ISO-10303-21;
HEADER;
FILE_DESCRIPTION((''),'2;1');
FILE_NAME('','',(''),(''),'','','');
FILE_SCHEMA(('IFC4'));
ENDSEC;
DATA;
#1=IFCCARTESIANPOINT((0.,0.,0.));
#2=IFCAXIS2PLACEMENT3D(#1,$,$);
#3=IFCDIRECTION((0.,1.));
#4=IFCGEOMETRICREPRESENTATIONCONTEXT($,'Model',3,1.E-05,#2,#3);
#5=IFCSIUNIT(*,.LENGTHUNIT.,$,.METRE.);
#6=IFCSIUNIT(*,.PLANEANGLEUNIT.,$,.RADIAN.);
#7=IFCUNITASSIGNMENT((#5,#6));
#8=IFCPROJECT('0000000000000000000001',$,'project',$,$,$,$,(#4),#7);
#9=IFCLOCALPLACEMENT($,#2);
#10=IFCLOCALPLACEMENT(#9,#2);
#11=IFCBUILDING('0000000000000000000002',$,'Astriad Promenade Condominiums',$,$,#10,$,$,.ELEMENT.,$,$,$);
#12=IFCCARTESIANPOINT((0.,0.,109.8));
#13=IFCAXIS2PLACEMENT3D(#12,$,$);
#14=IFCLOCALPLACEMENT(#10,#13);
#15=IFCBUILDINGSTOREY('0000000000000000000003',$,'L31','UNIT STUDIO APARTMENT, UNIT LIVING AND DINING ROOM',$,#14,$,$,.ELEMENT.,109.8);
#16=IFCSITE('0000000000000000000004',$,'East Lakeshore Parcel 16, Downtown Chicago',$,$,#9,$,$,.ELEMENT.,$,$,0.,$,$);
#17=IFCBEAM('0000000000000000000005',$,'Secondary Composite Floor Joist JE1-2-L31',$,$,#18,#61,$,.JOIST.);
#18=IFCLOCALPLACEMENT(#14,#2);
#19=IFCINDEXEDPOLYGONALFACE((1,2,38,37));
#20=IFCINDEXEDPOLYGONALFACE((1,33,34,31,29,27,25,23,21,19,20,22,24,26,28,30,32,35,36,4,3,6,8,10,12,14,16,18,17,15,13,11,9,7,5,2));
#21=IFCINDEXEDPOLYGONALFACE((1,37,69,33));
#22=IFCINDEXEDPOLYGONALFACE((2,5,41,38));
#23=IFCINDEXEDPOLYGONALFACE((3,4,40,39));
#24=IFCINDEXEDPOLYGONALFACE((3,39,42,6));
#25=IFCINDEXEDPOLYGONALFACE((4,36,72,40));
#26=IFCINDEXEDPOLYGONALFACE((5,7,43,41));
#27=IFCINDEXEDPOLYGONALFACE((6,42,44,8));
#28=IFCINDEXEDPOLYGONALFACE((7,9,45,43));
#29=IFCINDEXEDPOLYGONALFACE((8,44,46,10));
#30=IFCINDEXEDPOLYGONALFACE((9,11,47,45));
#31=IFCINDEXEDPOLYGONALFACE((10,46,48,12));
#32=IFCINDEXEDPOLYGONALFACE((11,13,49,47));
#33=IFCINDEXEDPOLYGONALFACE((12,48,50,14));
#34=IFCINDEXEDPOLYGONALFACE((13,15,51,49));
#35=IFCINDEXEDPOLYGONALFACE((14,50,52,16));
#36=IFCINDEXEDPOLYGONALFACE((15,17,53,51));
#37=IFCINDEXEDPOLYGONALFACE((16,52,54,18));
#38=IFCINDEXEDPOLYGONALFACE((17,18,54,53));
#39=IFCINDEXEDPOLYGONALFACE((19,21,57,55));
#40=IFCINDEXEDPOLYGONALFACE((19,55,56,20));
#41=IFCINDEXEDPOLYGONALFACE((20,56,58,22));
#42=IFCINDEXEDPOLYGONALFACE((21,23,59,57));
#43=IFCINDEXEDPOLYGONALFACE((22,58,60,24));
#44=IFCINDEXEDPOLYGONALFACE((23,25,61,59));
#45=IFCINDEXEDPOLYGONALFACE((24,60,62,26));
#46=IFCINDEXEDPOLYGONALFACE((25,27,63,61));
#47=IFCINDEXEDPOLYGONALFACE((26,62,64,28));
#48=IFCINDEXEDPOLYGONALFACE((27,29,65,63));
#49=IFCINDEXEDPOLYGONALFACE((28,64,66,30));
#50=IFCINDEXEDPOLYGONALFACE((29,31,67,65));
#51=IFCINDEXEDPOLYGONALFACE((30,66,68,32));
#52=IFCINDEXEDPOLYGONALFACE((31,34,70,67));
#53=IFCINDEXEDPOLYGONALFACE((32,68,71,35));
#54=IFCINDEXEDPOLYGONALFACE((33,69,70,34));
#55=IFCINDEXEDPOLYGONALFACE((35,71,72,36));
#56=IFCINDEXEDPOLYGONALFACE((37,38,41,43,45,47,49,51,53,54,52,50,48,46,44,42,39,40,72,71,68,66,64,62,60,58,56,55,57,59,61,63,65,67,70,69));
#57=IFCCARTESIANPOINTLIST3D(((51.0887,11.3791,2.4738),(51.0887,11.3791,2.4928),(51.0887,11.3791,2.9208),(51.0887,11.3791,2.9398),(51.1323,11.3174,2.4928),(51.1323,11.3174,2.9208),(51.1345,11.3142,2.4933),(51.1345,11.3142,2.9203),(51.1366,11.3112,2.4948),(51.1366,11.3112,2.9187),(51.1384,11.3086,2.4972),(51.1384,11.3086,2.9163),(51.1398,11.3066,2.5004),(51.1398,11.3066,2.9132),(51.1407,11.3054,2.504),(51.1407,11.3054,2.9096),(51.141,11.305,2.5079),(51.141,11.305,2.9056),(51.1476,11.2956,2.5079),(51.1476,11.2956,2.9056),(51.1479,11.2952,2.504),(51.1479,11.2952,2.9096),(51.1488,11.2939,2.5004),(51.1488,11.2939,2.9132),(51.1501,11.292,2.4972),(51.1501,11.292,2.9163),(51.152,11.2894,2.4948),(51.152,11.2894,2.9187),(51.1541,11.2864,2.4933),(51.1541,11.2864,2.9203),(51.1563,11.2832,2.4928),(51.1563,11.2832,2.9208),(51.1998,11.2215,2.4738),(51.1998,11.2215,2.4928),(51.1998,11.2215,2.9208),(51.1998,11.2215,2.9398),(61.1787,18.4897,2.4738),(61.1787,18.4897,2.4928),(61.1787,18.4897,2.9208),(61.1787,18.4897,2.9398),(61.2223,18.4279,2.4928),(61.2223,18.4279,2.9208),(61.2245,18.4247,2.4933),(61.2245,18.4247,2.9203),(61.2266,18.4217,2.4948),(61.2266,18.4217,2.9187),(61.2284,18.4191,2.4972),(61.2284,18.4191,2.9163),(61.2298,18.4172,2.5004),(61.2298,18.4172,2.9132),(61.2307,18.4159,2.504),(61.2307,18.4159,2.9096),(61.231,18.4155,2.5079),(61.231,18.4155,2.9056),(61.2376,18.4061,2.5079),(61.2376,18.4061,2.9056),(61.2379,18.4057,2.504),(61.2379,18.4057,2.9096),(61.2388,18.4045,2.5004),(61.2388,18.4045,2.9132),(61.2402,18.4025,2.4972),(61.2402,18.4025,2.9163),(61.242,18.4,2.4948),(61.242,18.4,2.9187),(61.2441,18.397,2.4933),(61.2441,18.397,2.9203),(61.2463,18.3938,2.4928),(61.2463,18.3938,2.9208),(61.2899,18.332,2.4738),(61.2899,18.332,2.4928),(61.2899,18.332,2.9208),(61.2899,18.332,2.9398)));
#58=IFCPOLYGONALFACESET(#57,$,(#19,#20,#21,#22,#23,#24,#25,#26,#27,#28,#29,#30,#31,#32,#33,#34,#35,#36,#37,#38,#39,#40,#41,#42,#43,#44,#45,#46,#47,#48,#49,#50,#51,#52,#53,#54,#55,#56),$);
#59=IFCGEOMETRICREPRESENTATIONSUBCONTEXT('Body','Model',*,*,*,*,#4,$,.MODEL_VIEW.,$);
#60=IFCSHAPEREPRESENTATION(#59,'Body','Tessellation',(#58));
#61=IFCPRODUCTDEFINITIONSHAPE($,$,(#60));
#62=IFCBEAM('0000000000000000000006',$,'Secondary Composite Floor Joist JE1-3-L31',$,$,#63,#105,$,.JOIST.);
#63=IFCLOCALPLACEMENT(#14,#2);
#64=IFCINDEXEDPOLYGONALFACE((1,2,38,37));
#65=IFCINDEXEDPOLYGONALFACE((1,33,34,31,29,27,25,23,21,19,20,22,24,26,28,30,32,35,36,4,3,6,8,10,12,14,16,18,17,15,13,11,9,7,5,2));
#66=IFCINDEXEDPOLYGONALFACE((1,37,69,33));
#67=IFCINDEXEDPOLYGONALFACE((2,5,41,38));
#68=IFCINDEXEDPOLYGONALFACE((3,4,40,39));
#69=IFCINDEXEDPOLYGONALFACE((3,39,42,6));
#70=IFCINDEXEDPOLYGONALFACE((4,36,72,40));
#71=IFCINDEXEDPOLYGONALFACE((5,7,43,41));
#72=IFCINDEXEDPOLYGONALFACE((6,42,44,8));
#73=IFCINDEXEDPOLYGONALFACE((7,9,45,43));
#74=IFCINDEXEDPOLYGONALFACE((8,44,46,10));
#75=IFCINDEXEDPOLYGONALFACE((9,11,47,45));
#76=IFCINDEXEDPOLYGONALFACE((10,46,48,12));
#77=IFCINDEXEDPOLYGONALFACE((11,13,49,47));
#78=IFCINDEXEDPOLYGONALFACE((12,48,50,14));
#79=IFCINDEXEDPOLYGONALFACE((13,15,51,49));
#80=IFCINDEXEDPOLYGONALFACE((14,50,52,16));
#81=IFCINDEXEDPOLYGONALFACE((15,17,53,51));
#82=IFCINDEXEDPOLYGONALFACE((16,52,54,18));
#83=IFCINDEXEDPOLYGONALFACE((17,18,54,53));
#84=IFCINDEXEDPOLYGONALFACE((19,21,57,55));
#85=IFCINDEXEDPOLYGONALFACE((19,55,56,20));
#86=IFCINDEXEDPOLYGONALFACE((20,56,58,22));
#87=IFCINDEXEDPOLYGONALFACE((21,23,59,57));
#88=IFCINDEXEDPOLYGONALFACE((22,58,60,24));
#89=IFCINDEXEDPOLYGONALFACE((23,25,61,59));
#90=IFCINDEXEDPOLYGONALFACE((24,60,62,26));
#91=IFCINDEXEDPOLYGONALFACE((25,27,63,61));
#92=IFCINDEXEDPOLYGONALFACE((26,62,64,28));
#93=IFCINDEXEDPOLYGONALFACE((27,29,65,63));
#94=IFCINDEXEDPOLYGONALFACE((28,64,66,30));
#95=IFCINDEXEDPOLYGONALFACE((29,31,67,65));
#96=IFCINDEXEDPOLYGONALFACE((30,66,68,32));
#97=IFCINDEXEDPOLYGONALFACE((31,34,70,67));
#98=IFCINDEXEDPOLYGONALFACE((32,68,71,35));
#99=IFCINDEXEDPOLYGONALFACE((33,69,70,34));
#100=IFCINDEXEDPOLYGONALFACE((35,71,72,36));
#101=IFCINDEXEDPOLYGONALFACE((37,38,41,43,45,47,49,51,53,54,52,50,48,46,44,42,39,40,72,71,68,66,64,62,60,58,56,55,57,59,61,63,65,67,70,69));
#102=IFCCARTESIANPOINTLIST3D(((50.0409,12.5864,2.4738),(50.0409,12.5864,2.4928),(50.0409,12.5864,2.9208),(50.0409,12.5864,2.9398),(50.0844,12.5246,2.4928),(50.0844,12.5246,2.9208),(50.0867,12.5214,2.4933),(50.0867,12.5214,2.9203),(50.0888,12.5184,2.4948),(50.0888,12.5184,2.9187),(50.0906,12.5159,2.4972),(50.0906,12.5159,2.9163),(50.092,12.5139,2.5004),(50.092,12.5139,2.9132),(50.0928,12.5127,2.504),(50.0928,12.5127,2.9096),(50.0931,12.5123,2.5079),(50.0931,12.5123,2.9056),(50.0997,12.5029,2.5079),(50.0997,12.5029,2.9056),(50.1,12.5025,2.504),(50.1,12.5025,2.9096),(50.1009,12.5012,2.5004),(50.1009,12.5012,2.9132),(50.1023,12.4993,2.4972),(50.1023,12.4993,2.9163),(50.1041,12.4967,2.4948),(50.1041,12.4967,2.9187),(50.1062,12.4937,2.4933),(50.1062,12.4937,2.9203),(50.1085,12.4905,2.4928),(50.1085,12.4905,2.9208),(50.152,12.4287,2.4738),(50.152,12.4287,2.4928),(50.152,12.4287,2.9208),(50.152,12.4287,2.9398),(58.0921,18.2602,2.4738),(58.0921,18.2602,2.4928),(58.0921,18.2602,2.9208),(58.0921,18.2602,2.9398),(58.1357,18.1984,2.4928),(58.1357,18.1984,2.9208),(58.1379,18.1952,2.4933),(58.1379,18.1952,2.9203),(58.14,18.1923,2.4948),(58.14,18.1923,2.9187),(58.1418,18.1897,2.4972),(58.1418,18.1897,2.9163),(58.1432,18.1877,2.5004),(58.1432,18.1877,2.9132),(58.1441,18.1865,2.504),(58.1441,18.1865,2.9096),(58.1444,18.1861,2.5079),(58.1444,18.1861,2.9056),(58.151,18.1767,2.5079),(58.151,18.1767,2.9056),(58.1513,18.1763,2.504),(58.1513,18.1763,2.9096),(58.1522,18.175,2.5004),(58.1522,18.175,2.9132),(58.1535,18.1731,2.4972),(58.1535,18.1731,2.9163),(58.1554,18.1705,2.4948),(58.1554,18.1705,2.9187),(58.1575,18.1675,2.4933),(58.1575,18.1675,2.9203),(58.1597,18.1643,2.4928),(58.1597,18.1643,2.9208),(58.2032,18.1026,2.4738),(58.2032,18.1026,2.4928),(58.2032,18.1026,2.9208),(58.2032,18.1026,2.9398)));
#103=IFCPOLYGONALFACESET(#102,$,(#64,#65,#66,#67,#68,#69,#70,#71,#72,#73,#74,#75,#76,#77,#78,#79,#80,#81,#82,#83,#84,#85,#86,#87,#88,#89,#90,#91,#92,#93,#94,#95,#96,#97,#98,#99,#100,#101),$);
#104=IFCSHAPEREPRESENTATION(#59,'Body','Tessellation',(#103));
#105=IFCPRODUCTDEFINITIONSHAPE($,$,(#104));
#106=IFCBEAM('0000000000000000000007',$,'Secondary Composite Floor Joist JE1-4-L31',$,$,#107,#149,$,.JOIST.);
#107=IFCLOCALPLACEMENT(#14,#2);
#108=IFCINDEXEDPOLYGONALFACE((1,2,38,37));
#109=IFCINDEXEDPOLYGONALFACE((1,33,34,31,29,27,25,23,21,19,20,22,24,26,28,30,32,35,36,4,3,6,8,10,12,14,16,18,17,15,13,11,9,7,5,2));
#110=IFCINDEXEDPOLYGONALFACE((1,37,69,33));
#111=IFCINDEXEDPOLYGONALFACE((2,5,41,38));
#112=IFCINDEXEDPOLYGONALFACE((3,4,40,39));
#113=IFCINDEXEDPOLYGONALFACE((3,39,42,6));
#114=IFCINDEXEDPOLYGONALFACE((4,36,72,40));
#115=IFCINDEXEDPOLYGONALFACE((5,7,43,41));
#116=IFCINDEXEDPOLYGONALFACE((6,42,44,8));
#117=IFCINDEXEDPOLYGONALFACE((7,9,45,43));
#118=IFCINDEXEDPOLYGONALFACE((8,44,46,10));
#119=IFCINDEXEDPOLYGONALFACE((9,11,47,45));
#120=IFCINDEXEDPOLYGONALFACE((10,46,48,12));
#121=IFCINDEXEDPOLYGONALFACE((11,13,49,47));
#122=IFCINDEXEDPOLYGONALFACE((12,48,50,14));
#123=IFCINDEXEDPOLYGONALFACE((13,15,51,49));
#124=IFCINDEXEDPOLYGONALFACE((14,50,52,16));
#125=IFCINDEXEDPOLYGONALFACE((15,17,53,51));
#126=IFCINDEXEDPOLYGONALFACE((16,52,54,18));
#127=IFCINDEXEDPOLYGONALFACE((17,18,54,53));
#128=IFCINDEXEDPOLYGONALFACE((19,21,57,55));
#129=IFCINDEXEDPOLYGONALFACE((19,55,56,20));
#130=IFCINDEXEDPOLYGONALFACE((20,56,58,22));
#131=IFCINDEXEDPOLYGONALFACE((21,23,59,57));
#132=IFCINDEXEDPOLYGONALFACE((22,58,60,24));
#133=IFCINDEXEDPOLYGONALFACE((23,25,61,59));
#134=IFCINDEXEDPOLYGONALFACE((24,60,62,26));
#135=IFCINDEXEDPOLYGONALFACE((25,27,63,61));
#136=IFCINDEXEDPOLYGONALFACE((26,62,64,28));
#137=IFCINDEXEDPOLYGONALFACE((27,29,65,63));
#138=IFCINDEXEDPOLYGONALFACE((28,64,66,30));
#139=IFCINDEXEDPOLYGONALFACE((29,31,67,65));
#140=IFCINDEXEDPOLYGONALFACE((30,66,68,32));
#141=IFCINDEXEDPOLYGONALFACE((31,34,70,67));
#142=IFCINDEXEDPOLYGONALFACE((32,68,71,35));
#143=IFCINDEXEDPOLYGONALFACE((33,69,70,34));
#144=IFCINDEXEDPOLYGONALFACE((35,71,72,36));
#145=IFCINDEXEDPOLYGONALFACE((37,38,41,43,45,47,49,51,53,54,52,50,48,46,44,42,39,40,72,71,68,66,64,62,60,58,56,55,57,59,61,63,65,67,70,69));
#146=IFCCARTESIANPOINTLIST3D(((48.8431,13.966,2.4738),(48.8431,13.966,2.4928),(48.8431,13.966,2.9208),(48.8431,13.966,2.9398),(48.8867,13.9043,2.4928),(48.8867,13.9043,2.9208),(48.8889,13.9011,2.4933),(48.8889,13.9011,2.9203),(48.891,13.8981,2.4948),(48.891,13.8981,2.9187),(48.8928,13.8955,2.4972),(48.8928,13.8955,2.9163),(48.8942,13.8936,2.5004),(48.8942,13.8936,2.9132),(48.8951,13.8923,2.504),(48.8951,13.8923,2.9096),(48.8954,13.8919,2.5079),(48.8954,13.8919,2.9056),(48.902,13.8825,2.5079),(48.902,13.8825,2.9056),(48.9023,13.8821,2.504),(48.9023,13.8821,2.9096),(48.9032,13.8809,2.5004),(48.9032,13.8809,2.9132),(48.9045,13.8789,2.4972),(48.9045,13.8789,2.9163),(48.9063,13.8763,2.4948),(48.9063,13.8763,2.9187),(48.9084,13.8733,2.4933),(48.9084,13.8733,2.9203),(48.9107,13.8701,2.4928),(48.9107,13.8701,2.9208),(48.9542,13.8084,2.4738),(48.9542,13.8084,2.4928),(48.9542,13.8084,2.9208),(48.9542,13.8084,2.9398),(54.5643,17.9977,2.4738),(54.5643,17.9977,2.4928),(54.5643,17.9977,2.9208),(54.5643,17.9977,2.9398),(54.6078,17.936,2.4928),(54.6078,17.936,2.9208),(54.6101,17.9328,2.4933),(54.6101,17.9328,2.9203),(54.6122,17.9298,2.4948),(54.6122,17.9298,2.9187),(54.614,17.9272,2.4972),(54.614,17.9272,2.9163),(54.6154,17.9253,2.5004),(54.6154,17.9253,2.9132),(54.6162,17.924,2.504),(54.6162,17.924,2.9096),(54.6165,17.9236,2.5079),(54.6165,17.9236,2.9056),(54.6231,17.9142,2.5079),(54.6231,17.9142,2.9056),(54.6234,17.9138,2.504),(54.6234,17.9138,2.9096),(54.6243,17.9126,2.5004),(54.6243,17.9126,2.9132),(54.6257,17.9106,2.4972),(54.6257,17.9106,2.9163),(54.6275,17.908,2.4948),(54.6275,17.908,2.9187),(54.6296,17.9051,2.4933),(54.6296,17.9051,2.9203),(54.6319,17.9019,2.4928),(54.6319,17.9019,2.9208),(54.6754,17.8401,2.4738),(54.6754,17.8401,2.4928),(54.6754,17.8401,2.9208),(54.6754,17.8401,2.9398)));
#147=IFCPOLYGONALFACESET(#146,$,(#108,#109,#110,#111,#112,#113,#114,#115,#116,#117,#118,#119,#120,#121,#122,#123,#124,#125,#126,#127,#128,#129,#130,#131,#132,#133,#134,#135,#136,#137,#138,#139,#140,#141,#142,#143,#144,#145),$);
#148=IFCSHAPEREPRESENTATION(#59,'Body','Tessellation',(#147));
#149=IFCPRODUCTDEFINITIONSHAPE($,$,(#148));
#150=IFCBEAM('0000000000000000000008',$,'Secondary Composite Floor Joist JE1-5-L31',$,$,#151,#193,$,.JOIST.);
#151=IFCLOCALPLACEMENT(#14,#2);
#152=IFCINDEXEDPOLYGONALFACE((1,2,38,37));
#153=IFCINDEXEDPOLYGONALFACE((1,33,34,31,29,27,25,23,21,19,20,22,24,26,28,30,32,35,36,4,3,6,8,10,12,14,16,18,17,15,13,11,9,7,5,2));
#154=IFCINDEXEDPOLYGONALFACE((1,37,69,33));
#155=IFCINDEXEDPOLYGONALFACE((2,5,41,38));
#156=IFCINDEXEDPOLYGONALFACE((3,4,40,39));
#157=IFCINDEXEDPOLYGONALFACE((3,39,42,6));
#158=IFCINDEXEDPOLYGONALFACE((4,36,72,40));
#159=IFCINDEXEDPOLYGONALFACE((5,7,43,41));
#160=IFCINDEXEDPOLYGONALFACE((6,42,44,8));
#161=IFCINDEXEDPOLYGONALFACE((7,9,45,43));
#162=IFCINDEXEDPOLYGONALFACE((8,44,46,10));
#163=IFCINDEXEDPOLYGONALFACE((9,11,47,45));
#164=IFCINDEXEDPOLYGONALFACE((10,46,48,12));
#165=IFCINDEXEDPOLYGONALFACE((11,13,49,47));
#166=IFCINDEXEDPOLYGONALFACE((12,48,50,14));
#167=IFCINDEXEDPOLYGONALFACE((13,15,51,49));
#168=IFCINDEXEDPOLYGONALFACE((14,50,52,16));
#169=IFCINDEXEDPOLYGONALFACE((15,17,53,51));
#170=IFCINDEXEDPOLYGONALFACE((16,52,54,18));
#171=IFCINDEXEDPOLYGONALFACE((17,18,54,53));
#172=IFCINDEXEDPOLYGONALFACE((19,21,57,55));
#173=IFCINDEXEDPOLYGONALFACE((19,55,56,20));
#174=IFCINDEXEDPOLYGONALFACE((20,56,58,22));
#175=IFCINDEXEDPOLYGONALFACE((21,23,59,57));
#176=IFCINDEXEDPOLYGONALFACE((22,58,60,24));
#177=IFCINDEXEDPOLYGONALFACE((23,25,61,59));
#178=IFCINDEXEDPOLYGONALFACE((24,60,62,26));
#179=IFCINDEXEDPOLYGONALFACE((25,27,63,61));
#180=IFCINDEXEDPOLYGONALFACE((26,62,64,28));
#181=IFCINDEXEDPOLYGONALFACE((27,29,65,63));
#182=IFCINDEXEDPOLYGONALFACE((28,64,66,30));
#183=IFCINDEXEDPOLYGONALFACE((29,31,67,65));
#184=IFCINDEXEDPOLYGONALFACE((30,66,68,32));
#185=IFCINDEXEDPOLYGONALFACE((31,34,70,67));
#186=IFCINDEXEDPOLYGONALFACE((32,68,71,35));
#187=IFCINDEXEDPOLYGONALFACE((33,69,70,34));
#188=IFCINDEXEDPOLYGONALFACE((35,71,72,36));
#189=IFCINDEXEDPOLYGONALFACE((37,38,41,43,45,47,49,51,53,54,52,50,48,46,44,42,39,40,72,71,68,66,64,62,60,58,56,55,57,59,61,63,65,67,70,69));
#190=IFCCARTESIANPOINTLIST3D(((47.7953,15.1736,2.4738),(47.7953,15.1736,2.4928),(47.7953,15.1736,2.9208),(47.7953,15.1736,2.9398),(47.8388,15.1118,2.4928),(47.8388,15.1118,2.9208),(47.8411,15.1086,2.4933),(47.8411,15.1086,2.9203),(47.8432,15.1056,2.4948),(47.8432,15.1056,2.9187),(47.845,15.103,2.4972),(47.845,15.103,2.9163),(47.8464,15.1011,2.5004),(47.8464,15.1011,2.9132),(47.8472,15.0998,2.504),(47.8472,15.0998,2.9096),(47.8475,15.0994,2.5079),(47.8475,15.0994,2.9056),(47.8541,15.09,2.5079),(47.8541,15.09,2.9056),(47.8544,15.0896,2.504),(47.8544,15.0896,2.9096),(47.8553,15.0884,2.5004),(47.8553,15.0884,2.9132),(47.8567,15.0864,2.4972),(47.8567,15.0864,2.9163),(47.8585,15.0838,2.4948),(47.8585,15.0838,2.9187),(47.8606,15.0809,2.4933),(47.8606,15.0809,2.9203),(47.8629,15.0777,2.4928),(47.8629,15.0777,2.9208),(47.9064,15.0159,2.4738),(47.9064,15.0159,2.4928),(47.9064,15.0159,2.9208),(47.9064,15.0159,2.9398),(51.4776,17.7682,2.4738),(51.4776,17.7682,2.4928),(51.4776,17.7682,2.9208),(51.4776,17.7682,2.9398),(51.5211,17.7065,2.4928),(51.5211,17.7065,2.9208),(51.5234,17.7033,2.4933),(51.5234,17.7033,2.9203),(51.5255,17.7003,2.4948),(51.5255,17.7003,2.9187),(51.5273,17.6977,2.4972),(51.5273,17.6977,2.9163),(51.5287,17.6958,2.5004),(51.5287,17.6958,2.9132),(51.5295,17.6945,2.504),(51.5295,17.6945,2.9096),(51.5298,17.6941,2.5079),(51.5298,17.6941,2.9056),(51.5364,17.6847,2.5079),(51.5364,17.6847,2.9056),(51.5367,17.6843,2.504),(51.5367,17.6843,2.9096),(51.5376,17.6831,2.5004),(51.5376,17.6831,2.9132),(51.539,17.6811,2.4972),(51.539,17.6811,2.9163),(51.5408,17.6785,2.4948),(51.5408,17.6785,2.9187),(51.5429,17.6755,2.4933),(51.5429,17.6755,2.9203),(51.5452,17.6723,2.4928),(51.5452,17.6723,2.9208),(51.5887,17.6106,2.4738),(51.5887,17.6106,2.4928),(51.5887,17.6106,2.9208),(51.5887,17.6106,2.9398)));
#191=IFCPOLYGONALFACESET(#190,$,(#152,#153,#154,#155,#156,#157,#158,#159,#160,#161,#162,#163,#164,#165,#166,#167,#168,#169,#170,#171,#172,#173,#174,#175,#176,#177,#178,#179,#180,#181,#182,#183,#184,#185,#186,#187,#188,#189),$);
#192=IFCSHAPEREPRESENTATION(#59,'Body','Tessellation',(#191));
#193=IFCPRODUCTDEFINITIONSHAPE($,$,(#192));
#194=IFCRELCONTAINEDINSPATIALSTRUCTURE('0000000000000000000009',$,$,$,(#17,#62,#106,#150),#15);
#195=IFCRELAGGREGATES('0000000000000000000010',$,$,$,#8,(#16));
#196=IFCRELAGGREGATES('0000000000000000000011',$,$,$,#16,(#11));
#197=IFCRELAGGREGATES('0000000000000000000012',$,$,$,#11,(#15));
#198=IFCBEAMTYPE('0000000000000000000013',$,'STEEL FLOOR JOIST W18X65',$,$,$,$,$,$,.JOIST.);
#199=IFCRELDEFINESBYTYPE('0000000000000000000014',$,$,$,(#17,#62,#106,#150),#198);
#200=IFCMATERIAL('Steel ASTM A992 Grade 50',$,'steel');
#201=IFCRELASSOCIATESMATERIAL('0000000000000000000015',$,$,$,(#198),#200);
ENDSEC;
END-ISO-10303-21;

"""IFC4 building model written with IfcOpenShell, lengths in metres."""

from ifc_helpers import new_model, si_unit, direction, frame, origin, origin_2d, place, context, subcontext, project, spatial, i_section, extrude, source, transform, mapped, material, material_profile, profile_set, type_object, element, save


model = new_model("IFC4")

# Units and contexts
model_context = context("Model", 3, precision=1e-05, world=origin(), true_north=direction((0.0, 1.0)))
body_context = subcontext(model_context, "Body", "Model", "MODEL_VIEW")
ifc_project = project(units=[si_unit("LENGTHUNIT", "METRE"), si_unit("PLANEANGLEUNIT", "RADIAN")], contexts=[model_context])

# Site, building, storey
site_placement = place(None, origin())
site = spatial("IfcSite", under=ifc_project, at=site_placement, Name="East Lakeshore Parcel 16, Downtown Chicago", CompositionType="ELEMENT", RefElevation=0.0)
building_placement = place(site_placement, origin())
building = spatial("IfcBuilding", under=site, at=building_placement, Name="Astriad Promenade Condominiums", CompositionType="ELEMENT")
storey_placement = place(building_placement, frame((0.0, 0.0, 109.8)))
storey = spatial("IfcBuildingStorey", under=building, at=storey_placement, Name="L31", Description="UNIT STUDIO APARTMENT, UNIT LIVING AND DINING ROOM", CompositionType="ELEMENT", Elevation=109.8)

# Beams
ifc_material_1 = material(Name="Steel ASTM A992 Grade 50", Category="steel")
ifc_material_profile_1 = material_profile(ifc_material_1, i_section(OverallWidth=0.1929, OverallDepth=0.4661, WebThickness=0.0115, FlangeThickness=0.019, FilletRadius=0.0151, at=origin_2d()), Name="W18X65")
ifc_profile_set_1 = profile_set([ifc_material_profile_1], Name="Steel ASTM A992 Grade 50")
beam_type_1 = type_object("IfcBeamType", Name="STEEL FLOOR JOIST W18X65", PredefinedType="JOIST", material=ifc_profile_set_1)
shared_shape_1 = source(origin(), body_context, "Body", "SweptSolid", [
    extrude(i_section(OverallWidth=0.1929, OverallDepth=0.4661, WebThickness=0.0115, FlangeThickness=0.019, FilletRadius=0.0151, at=origin_2d()), origin(), (0.0, 0.0, 1.0), 12.3438),
])
beam_1_placement = place(storey_placement, frame((51.1443, 11.3003, 2.7068), z_axis=(0.817419, 0.576044, 0.0), x_axis=(-0.576044, 0.817419, 0.0)))
element("IfcBeam", 1, at=beam_1_placement, inside=storey, type_object=beam_type_1, Name="Secondary Composite Floor Joist JE1-2-L31", PredefinedType="JOIST", context=body_context, shape_type="MappedRepresentation", body=[
    mapped(shared_shape_1, transform((0.0, 0.0, 0.0), scale=1.0)),
])
shared_shape_2 = source(origin(), body_context, "Body", "SweptSolid", [
    extrude(i_section(OverallWidth=0.1929, OverallDepth=0.4661, WebThickness=0.0115, FlangeThickness=0.019, FilletRadius=0.0151, at=origin_2d()), origin(), (0.0, 0.0, 1.0), 9.8496),
])
beam_2_placement = place(storey_placement, frame((50.0964, 12.5076, 2.7068), z_axis=(0.817418, 0.576045, 0.0), x_axis=(-0.576045, 0.817418, 0.0)))
element("IfcBeam", 2, at=beam_2_placement, inside=storey, type_object=beam_type_1, Name="Secondary Composite Floor Joist JE1-3-L31", PredefinedType="JOIST", context=body_context, shape_type="MappedRepresentation", body=[
    mapped(shared_shape_2, transform((0.0, 0.0, 0.0), scale=1.0)),
])
shared_shape_3 = source(origin(), body_context, "Body", "SweptSolid", [
    extrude(i_section(OverallWidth=0.1929, OverallDepth=0.4661, WebThickness=0.0115, FlangeThickness=0.019, FilletRadius=0.0151, at=origin_2d()), origin(), (0.0, 0.0, 1.0), 6.999),
])
beam_3_placement = place(storey_placement, frame((48.8987, 13.8872, 2.7068), z_axis=(0.817422, 0.576039, 0.0), x_axis=(-0.576039, 0.817422, 0.0)))
element("IfcBeam", 3, at=beam_3_placement, inside=storey, type_object=beam_type_1, Name="Secondary Composite Floor Joist JE1-4-L31", PredefinedType="JOIST", context=body_context, shape_type="MappedRepresentation", body=[
    mapped(shared_shape_3, transform((0.0, 0.0, 0.0), scale=1.0)),
])
shared_shape_4 = source(origin(), body_context, "Body", "SweptSolid", [
    extrude(i_section(OverallWidth=0.1929, OverallDepth=0.4661, WebThickness=0.0115, FlangeThickness=0.019, FilletRadius=0.0151, at=origin_2d()), origin(), (0.0, 0.0, 1.0), 4.5046),
])
beam_4_placement = place(storey_placement, frame((47.8508, 15.0947, 2.7068), z_axis=(0.817448, 0.576002, 0.0), x_axis=(-0.576002, 0.817448, 0.0)))
element("IfcBeam", 4, at=beam_4_placement, inside=storey, type_object=beam_type_1, Name="Secondary Composite Floor Joist JE1-5-L31", PredefinedType="JOIST", context=body_context, shape_type="MappedRepresentation", body=[
    mapped(shared_shape_4, transform((0.0, 0.0, 0.0), scale=1.0)),
])

save(model, "model.ifc")
